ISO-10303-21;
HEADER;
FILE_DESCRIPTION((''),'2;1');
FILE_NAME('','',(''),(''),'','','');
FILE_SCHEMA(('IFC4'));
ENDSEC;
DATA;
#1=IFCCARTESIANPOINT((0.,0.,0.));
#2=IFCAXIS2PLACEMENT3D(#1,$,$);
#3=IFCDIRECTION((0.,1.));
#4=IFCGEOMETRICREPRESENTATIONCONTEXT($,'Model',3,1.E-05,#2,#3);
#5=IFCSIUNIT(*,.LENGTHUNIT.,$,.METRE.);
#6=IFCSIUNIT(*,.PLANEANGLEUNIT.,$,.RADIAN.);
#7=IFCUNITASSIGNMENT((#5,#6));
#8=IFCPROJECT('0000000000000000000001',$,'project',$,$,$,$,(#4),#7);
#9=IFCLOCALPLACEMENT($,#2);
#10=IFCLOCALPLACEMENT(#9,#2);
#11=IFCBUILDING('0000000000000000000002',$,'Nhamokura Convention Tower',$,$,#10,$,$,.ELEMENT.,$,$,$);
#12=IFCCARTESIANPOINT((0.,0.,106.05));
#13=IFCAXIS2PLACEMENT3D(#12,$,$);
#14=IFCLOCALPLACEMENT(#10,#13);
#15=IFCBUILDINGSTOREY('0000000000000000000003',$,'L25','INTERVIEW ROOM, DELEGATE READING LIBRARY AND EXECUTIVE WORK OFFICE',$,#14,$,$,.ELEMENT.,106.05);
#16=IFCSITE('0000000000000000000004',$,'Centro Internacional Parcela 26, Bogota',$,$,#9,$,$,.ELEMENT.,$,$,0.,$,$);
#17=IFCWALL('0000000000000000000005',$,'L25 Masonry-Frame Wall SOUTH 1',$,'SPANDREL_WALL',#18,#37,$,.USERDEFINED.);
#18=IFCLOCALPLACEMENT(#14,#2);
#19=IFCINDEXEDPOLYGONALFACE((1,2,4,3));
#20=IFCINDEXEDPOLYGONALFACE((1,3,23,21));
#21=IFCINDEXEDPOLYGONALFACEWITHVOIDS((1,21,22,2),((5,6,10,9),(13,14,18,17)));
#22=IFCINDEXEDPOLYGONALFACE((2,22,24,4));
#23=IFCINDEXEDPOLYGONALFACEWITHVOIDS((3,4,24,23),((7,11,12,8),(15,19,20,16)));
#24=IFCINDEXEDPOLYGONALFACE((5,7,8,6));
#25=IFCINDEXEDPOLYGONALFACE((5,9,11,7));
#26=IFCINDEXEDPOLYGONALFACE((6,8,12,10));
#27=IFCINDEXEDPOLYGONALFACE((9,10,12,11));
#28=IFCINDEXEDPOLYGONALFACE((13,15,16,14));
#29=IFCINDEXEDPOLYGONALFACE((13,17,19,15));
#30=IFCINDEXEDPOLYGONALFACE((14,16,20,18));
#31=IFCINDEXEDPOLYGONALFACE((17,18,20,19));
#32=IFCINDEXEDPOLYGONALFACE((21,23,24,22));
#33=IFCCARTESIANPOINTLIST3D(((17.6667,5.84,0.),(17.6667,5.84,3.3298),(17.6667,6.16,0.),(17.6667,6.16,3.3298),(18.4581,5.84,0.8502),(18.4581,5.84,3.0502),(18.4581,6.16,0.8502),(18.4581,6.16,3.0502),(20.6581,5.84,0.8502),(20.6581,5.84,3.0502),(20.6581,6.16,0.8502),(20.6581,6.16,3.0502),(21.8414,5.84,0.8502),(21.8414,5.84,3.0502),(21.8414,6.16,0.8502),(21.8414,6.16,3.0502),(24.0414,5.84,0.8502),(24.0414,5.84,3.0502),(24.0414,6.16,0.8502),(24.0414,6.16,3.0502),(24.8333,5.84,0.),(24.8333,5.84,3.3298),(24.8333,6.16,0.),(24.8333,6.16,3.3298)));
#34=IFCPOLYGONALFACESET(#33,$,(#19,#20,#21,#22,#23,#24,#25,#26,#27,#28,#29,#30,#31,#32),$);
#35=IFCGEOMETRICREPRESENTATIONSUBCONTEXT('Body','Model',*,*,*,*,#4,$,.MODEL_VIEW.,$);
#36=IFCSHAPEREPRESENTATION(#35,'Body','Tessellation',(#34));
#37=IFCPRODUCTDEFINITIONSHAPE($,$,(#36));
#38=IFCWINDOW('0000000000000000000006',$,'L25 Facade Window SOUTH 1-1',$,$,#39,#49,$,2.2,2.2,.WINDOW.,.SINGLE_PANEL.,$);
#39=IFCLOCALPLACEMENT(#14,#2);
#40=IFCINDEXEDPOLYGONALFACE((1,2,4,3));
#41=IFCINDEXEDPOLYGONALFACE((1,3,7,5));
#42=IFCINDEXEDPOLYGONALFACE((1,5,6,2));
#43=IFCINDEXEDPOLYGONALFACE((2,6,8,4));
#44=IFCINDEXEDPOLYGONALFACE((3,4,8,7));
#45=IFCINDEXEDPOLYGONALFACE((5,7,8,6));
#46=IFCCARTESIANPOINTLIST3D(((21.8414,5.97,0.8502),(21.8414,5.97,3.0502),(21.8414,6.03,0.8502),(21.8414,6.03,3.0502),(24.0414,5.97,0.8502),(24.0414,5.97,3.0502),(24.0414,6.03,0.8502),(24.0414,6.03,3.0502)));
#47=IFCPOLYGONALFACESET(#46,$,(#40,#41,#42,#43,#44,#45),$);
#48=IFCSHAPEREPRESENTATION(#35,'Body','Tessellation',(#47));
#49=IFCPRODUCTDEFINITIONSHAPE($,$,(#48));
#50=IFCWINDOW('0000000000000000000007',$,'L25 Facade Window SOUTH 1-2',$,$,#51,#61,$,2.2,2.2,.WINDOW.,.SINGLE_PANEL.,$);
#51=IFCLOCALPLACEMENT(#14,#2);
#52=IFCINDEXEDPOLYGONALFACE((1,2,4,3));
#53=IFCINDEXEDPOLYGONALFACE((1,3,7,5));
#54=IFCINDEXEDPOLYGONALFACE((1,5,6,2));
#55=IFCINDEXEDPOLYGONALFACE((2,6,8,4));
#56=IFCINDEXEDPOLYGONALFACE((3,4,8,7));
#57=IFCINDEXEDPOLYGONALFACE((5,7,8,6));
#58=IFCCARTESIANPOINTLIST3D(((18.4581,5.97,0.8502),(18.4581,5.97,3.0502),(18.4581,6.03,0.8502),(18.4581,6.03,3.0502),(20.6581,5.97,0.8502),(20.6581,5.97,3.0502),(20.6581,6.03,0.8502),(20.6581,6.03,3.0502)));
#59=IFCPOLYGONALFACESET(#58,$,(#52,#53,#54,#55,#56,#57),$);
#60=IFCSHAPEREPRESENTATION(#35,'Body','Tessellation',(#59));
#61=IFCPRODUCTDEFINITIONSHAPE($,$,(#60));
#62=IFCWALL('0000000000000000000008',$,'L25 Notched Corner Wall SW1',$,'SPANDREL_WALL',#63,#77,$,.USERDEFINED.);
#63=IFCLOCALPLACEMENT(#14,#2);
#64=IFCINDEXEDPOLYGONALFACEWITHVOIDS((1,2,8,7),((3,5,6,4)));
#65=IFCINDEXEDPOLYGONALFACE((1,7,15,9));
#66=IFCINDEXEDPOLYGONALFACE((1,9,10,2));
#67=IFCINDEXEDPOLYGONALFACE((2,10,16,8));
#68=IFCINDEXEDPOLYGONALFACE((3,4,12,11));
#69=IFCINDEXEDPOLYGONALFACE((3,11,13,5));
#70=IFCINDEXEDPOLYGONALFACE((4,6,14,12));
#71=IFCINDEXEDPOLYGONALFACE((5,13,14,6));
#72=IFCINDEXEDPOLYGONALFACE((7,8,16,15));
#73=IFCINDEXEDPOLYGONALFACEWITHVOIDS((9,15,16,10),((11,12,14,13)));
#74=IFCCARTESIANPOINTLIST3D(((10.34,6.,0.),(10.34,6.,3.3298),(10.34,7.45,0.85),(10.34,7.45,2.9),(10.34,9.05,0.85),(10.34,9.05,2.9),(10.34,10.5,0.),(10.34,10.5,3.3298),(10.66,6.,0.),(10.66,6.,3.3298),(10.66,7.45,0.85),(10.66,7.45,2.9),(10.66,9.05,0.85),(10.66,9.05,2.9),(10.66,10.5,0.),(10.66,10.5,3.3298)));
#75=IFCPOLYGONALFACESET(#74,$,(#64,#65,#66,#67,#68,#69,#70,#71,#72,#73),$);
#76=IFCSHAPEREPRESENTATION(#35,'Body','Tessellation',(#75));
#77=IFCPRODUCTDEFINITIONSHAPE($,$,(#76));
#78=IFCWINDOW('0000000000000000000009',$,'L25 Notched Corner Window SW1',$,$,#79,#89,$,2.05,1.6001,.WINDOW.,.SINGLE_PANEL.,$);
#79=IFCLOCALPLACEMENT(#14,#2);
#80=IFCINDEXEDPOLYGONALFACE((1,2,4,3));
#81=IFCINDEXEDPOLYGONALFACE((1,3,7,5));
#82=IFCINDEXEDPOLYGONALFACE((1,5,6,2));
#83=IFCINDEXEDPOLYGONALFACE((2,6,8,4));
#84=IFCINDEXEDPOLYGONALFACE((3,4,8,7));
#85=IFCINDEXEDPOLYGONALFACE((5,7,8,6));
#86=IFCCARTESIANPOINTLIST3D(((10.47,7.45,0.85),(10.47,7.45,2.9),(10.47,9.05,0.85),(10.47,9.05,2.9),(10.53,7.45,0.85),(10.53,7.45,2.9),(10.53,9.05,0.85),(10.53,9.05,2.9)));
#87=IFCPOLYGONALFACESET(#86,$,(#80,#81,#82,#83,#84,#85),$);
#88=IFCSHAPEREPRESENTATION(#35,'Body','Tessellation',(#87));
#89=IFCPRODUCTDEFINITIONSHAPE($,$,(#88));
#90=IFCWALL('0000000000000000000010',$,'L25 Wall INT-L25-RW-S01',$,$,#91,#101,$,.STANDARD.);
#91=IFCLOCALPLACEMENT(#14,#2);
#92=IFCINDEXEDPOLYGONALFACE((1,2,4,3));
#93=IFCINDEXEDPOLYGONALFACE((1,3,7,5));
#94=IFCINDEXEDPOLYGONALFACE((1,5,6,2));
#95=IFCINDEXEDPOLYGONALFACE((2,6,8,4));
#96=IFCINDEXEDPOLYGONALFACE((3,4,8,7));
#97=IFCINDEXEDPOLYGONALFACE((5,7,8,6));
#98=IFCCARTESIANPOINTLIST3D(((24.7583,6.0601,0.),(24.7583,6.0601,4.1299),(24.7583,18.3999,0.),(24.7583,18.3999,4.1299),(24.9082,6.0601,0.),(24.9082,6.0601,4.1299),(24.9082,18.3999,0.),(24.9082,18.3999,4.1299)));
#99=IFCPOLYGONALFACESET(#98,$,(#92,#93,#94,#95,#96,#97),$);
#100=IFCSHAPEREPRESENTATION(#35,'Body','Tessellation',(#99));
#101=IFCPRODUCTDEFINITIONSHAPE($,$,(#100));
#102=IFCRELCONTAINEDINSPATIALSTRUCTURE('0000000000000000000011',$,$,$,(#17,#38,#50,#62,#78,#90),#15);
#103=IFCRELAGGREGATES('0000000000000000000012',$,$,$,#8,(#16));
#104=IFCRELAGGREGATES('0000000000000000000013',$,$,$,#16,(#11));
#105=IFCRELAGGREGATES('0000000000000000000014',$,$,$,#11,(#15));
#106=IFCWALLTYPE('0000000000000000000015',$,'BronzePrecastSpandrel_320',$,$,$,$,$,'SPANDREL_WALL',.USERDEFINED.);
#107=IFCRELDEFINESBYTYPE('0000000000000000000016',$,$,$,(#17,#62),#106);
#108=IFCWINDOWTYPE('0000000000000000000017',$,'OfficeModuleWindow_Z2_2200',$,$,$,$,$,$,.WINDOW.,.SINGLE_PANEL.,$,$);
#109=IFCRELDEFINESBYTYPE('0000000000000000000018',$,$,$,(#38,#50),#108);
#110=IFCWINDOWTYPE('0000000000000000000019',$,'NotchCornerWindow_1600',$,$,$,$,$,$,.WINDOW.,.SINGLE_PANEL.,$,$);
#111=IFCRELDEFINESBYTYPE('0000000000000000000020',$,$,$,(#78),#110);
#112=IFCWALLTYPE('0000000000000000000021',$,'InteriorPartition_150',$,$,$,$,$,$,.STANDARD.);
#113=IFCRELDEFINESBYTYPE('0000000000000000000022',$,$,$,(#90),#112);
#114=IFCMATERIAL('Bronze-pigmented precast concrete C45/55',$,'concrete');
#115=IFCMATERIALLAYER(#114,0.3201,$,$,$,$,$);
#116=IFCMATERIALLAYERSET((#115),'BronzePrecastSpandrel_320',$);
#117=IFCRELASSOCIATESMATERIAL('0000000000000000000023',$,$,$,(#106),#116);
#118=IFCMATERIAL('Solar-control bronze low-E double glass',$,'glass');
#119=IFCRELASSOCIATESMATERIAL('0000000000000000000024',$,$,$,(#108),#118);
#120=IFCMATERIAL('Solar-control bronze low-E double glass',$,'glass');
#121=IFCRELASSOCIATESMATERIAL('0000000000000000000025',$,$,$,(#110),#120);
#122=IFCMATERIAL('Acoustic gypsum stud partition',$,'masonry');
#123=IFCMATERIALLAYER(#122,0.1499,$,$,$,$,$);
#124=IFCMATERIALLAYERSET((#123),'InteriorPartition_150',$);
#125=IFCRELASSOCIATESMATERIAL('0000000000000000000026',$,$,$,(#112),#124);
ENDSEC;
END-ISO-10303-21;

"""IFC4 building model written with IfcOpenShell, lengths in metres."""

from ifc_helpers import new_model, si_unit, direction, frame, frame_2d, origin, place, context, subcontext, project, spatial, rectangle, extrude, material, layer, layer_set, type_object, element, fill, save


model = new_model("IFC4")

# Units and contexts
model_context = context("Model", 3, precision=1e-05, world=origin(), true_north=direction((0.0, 1.0)))
body_context = subcontext(model_context, "Body", "Model", "MODEL_VIEW")
ifc_project = project(units=[si_unit("LENGTHUNIT", "METRE"), si_unit("PLANEANGLEUNIT", "RADIAN")], contexts=[model_context])

# Site, building, storey
site_placement = place(None, origin())
site = spatial("IfcSite", under=ifc_project, at=site_placement, Name="Centro Internacional Parcela 26, Bogota", CompositionType="ELEMENT", RefElevation=0.0)
building_placement = place(site_placement, origin())
building = spatial("IfcBuilding", under=site, at=building_placement, Name="Nhamokura Convention Tower", CompositionType="ELEMENT")
storey_placement = place(building_placement, frame((0.0, 0.0, 106.05)))
storey = spatial("IfcBuildingStorey", under=building, at=storey_placement, Name="L25", Description="INTERVIEW ROOM, DELEGATE READING LIBRARY AND EXECUTIVE WORK OFFICE", CompositionType="ELEMENT", Elevation=106.05)

# Shared definitions
ifc_material_1 = material(Name="Bronze-pigmented precast concrete C45/55", Category="concrete")
ifc_layer_1 = layer(ifc_material_1, 0.3201)
ifc_layer_set_1 = layer_set([ifc_layer_1], Name="BronzePrecastSpandrel_320")
wall_type_1 = type_object("IfcWallType", Name="BronzePrecastSpandrel_320", ElementType="SPANDREL_WALL", PredefinedType="USERDEFINED", material=ifc_layer_set_1)

# Wall, openings, windows
wall_1_placement = place(storey_placement, frame((24.8333, 6.0, 0.0), z_axis=(0.0, 0.0, 1.0), x_axis=(-1.0, 0.0, 0.0)))
wall_1 = element("IfcWall", 1, at=wall_1_placement, inside=storey, type_object=wall_type_1, Name="L25 Masonry-Frame Wall SOUTH 1", ObjectType="SPANDREL_WALL", PredefinedType="USERDEFINED", context=body_context, shape_type="SweptSolid", body=[
    extrude(rectangle(XDim=7.1665, YDim=0.3201, at=frame_2d((3.5833, 0.0))), origin(), (0.0, 0.0, 1.0), 3.3298),
])
opening_1_placement = place(wall_1_placement, frame((0.7917, 0.0, 0.8501)))
opening_1 = element("IfcOpeningElement", 2, at=opening_1_placement, cuts=wall_1, PredefinedType="OPENING", context=body_context, shape_type="SweptSolid", body=[
    extrude(rectangle(XDim=2.2, YDim=2.2, at=frame_2d((1.1001, 1.1001))), frame((0.0, 0.1699, 0.0), z_axis=(0.0, -1.0, 0.0), x_axis=(1.0, 0.0, 0.0)), (0.0, 0.0, 1.0), 0.3401),
])
opening_2_placement = place(wall_1_placement, frame((4.175, 0.0, 0.8501)))
opening_2 = element("IfcOpeningElement", 3, at=opening_2_placement, cuts=wall_1, PredefinedType="OPENING", context=body_context, shape_type="SweptSolid", body=[
    extrude(rectangle(XDim=2.2, YDim=2.2, at=frame_2d((1.1001, 1.1001))), frame((0.0, 0.1699, 0.0), z_axis=(0.0, -1.0, 0.0), x_axis=(1.0, 0.0, 0.0)), (0.0, 0.0, 1.0), 0.3401),
])
ifc_material_2 = material(Name="Solar-control bronze low-E double glass", Category="glass")
window_type_1 = type_object("IfcWindowType", Name="OfficeModuleWindow_Z2_2200", PartitioningType="SINGLE_PANEL", PredefinedType="WINDOW", material=ifc_material_2)
window_1_placement = place(opening_1_placement, origin())
window_1 = element("IfcWindow", 4, at=window_1_placement, inside=storey, type_object=window_type_1, Name="L25 Facade Window SOUTH 1-1", OverallHeight=2.2, OverallWidth=2.2, PartitioningType="SINGLE_PANEL", PredefinedType="WINDOW", context=body_context, shape_type="SweptSolid", body=[
    extrude(rectangle(XDim=2.2, YDim=2.2, at=frame_2d((1.1001, 1.1001))), frame((0.0, 0.03, 0.0), z_axis=(0.0, -1.0, 0.0), x_axis=(1.0, 0.0, 0.0)), (0.0, 0.0, 1.0), 0.0601),
])
fill(opening_1, window_1)
window_2_placement = place(opening_2_placement, origin())
window_2 = element("IfcWindow", 5, at=window_2_placement, inside=storey, type_object=window_type_1, Name="L25 Facade Window SOUTH 1-2", OverallHeight=2.2, OverallWidth=2.2, PartitioningType="SINGLE_PANEL", PredefinedType="WINDOW", context=body_context, shape_type="SweptSolid", body=[
    extrude(rectangle(XDim=2.2, YDim=2.2, at=frame_2d((1.1001, 1.1001))), frame((0.0, 0.03, 0.0), z_axis=(0.0, -1.0, 0.0), x_axis=(1.0, 0.0, 0.0)), (0.0, 0.0, 1.0), 0.0601),
])
fill(opening_2, window_2)

# Wall, opening, window
wall_2_placement = place(storey_placement, frame((10.5, 6.0, 0.0), z_axis=(0.0, 0.0, 1.0), x_axis=(0.0, 1.0, 0.0)))
wall_2 = element("IfcWall", 6, at=wall_2_placement, inside=storey, type_object=wall_type_1, Name="L25 Notched Corner Wall SW1", ObjectType="SPANDREL_WALL", PredefinedType="USERDEFINED", context=body_context, shape_type="SweptSolid", body=[
    extrude(rectangle(XDim=4.5, YDim=0.3201, at=frame_2d((2.25, 0.0))), origin(), (0.0, 0.0, 1.0), 3.3298),
])
opening_3_placement = place(wall_2_placement, frame((1.45, 0.0, 0.8501)))
opening_3 = element("IfcOpeningElement", 7, at=opening_3_placement, cuts=wall_2, PredefinedType="OPENING", context=body_context, shape_type="SweptSolid", body=[
    extrude(rectangle(XDim=1.6001, YDim=2.05, at=frame_2d((0.8, 1.0249))), frame((0.0, 0.1699, 0.0), z_axis=(0.0, -1.0, 0.0), x_axis=(1.0, 0.0, 0.0)), (0.0, 0.0, 1.0), 0.3401),
])
ifc_material_3 = material(Name="Solar-control bronze low-E double glass", Category="glass")
window_type_2 = type_object("IfcWindowType", Name="NotchCornerWindow_1600", PartitioningType="SINGLE_PANEL", PredefinedType="WINDOW", material=ifc_material_3)
window_3_placement = place(opening_3_placement, origin())
window_3 = element("IfcWindow", 8, at=window_3_placement, inside=storey, type_object=window_type_2, Name="L25 Notched Corner Window SW1", OverallHeight=2.05, OverallWidth=1.6001, PartitioningType="SINGLE_PANEL", PredefinedType="WINDOW", context=body_context, shape_type="SweptSolid", body=[
    extrude(rectangle(XDim=1.6001, YDim=2.05, at=frame_2d((0.8, 1.0249))), frame((0.0, 0.03, 0.0), z_axis=(0.0, -1.0, 0.0), x_axis=(1.0, 0.0, 0.0)), (0.0, 0.0, 1.0), 0.0601),
])
fill(opening_3, window_3)

# Wall
ifc_material_4 = material(Name="Acoustic gypsum stud partition", Category="masonry")
ifc_layer_2 = layer(ifc_material_4, 0.1499)
ifc_layer_set_2 = layer_set([ifc_layer_2], Name="InteriorPartition_150")
wall_type_2 = type_object("IfcWallType", Name="InteriorPartition_150", PredefinedType="STANDARD", material=ifc_layer_set_2)
wall_3_placement = place(storey_placement, frame((24.8333, 6.0601, 0.0), z_axis=(0.0, 0.0, 1.0), x_axis=(0.0, 1.0, 0.0)))
element("IfcWall", 9, at=wall_3_placement, inside=storey, type_object=wall_type_2, Name="L25 Wall INT-L25-RW-S01", PredefinedType="STANDARD", context=body_context, shape_type="SweptSolid", body=[
    extrude(rectangle(XDim=12.3398, YDim=0.1499, at=frame_2d((6.1699, 0.0))), origin(), (0.0, 0.0, 1.0), 4.1299),
])

save(model, "model.ifc")
